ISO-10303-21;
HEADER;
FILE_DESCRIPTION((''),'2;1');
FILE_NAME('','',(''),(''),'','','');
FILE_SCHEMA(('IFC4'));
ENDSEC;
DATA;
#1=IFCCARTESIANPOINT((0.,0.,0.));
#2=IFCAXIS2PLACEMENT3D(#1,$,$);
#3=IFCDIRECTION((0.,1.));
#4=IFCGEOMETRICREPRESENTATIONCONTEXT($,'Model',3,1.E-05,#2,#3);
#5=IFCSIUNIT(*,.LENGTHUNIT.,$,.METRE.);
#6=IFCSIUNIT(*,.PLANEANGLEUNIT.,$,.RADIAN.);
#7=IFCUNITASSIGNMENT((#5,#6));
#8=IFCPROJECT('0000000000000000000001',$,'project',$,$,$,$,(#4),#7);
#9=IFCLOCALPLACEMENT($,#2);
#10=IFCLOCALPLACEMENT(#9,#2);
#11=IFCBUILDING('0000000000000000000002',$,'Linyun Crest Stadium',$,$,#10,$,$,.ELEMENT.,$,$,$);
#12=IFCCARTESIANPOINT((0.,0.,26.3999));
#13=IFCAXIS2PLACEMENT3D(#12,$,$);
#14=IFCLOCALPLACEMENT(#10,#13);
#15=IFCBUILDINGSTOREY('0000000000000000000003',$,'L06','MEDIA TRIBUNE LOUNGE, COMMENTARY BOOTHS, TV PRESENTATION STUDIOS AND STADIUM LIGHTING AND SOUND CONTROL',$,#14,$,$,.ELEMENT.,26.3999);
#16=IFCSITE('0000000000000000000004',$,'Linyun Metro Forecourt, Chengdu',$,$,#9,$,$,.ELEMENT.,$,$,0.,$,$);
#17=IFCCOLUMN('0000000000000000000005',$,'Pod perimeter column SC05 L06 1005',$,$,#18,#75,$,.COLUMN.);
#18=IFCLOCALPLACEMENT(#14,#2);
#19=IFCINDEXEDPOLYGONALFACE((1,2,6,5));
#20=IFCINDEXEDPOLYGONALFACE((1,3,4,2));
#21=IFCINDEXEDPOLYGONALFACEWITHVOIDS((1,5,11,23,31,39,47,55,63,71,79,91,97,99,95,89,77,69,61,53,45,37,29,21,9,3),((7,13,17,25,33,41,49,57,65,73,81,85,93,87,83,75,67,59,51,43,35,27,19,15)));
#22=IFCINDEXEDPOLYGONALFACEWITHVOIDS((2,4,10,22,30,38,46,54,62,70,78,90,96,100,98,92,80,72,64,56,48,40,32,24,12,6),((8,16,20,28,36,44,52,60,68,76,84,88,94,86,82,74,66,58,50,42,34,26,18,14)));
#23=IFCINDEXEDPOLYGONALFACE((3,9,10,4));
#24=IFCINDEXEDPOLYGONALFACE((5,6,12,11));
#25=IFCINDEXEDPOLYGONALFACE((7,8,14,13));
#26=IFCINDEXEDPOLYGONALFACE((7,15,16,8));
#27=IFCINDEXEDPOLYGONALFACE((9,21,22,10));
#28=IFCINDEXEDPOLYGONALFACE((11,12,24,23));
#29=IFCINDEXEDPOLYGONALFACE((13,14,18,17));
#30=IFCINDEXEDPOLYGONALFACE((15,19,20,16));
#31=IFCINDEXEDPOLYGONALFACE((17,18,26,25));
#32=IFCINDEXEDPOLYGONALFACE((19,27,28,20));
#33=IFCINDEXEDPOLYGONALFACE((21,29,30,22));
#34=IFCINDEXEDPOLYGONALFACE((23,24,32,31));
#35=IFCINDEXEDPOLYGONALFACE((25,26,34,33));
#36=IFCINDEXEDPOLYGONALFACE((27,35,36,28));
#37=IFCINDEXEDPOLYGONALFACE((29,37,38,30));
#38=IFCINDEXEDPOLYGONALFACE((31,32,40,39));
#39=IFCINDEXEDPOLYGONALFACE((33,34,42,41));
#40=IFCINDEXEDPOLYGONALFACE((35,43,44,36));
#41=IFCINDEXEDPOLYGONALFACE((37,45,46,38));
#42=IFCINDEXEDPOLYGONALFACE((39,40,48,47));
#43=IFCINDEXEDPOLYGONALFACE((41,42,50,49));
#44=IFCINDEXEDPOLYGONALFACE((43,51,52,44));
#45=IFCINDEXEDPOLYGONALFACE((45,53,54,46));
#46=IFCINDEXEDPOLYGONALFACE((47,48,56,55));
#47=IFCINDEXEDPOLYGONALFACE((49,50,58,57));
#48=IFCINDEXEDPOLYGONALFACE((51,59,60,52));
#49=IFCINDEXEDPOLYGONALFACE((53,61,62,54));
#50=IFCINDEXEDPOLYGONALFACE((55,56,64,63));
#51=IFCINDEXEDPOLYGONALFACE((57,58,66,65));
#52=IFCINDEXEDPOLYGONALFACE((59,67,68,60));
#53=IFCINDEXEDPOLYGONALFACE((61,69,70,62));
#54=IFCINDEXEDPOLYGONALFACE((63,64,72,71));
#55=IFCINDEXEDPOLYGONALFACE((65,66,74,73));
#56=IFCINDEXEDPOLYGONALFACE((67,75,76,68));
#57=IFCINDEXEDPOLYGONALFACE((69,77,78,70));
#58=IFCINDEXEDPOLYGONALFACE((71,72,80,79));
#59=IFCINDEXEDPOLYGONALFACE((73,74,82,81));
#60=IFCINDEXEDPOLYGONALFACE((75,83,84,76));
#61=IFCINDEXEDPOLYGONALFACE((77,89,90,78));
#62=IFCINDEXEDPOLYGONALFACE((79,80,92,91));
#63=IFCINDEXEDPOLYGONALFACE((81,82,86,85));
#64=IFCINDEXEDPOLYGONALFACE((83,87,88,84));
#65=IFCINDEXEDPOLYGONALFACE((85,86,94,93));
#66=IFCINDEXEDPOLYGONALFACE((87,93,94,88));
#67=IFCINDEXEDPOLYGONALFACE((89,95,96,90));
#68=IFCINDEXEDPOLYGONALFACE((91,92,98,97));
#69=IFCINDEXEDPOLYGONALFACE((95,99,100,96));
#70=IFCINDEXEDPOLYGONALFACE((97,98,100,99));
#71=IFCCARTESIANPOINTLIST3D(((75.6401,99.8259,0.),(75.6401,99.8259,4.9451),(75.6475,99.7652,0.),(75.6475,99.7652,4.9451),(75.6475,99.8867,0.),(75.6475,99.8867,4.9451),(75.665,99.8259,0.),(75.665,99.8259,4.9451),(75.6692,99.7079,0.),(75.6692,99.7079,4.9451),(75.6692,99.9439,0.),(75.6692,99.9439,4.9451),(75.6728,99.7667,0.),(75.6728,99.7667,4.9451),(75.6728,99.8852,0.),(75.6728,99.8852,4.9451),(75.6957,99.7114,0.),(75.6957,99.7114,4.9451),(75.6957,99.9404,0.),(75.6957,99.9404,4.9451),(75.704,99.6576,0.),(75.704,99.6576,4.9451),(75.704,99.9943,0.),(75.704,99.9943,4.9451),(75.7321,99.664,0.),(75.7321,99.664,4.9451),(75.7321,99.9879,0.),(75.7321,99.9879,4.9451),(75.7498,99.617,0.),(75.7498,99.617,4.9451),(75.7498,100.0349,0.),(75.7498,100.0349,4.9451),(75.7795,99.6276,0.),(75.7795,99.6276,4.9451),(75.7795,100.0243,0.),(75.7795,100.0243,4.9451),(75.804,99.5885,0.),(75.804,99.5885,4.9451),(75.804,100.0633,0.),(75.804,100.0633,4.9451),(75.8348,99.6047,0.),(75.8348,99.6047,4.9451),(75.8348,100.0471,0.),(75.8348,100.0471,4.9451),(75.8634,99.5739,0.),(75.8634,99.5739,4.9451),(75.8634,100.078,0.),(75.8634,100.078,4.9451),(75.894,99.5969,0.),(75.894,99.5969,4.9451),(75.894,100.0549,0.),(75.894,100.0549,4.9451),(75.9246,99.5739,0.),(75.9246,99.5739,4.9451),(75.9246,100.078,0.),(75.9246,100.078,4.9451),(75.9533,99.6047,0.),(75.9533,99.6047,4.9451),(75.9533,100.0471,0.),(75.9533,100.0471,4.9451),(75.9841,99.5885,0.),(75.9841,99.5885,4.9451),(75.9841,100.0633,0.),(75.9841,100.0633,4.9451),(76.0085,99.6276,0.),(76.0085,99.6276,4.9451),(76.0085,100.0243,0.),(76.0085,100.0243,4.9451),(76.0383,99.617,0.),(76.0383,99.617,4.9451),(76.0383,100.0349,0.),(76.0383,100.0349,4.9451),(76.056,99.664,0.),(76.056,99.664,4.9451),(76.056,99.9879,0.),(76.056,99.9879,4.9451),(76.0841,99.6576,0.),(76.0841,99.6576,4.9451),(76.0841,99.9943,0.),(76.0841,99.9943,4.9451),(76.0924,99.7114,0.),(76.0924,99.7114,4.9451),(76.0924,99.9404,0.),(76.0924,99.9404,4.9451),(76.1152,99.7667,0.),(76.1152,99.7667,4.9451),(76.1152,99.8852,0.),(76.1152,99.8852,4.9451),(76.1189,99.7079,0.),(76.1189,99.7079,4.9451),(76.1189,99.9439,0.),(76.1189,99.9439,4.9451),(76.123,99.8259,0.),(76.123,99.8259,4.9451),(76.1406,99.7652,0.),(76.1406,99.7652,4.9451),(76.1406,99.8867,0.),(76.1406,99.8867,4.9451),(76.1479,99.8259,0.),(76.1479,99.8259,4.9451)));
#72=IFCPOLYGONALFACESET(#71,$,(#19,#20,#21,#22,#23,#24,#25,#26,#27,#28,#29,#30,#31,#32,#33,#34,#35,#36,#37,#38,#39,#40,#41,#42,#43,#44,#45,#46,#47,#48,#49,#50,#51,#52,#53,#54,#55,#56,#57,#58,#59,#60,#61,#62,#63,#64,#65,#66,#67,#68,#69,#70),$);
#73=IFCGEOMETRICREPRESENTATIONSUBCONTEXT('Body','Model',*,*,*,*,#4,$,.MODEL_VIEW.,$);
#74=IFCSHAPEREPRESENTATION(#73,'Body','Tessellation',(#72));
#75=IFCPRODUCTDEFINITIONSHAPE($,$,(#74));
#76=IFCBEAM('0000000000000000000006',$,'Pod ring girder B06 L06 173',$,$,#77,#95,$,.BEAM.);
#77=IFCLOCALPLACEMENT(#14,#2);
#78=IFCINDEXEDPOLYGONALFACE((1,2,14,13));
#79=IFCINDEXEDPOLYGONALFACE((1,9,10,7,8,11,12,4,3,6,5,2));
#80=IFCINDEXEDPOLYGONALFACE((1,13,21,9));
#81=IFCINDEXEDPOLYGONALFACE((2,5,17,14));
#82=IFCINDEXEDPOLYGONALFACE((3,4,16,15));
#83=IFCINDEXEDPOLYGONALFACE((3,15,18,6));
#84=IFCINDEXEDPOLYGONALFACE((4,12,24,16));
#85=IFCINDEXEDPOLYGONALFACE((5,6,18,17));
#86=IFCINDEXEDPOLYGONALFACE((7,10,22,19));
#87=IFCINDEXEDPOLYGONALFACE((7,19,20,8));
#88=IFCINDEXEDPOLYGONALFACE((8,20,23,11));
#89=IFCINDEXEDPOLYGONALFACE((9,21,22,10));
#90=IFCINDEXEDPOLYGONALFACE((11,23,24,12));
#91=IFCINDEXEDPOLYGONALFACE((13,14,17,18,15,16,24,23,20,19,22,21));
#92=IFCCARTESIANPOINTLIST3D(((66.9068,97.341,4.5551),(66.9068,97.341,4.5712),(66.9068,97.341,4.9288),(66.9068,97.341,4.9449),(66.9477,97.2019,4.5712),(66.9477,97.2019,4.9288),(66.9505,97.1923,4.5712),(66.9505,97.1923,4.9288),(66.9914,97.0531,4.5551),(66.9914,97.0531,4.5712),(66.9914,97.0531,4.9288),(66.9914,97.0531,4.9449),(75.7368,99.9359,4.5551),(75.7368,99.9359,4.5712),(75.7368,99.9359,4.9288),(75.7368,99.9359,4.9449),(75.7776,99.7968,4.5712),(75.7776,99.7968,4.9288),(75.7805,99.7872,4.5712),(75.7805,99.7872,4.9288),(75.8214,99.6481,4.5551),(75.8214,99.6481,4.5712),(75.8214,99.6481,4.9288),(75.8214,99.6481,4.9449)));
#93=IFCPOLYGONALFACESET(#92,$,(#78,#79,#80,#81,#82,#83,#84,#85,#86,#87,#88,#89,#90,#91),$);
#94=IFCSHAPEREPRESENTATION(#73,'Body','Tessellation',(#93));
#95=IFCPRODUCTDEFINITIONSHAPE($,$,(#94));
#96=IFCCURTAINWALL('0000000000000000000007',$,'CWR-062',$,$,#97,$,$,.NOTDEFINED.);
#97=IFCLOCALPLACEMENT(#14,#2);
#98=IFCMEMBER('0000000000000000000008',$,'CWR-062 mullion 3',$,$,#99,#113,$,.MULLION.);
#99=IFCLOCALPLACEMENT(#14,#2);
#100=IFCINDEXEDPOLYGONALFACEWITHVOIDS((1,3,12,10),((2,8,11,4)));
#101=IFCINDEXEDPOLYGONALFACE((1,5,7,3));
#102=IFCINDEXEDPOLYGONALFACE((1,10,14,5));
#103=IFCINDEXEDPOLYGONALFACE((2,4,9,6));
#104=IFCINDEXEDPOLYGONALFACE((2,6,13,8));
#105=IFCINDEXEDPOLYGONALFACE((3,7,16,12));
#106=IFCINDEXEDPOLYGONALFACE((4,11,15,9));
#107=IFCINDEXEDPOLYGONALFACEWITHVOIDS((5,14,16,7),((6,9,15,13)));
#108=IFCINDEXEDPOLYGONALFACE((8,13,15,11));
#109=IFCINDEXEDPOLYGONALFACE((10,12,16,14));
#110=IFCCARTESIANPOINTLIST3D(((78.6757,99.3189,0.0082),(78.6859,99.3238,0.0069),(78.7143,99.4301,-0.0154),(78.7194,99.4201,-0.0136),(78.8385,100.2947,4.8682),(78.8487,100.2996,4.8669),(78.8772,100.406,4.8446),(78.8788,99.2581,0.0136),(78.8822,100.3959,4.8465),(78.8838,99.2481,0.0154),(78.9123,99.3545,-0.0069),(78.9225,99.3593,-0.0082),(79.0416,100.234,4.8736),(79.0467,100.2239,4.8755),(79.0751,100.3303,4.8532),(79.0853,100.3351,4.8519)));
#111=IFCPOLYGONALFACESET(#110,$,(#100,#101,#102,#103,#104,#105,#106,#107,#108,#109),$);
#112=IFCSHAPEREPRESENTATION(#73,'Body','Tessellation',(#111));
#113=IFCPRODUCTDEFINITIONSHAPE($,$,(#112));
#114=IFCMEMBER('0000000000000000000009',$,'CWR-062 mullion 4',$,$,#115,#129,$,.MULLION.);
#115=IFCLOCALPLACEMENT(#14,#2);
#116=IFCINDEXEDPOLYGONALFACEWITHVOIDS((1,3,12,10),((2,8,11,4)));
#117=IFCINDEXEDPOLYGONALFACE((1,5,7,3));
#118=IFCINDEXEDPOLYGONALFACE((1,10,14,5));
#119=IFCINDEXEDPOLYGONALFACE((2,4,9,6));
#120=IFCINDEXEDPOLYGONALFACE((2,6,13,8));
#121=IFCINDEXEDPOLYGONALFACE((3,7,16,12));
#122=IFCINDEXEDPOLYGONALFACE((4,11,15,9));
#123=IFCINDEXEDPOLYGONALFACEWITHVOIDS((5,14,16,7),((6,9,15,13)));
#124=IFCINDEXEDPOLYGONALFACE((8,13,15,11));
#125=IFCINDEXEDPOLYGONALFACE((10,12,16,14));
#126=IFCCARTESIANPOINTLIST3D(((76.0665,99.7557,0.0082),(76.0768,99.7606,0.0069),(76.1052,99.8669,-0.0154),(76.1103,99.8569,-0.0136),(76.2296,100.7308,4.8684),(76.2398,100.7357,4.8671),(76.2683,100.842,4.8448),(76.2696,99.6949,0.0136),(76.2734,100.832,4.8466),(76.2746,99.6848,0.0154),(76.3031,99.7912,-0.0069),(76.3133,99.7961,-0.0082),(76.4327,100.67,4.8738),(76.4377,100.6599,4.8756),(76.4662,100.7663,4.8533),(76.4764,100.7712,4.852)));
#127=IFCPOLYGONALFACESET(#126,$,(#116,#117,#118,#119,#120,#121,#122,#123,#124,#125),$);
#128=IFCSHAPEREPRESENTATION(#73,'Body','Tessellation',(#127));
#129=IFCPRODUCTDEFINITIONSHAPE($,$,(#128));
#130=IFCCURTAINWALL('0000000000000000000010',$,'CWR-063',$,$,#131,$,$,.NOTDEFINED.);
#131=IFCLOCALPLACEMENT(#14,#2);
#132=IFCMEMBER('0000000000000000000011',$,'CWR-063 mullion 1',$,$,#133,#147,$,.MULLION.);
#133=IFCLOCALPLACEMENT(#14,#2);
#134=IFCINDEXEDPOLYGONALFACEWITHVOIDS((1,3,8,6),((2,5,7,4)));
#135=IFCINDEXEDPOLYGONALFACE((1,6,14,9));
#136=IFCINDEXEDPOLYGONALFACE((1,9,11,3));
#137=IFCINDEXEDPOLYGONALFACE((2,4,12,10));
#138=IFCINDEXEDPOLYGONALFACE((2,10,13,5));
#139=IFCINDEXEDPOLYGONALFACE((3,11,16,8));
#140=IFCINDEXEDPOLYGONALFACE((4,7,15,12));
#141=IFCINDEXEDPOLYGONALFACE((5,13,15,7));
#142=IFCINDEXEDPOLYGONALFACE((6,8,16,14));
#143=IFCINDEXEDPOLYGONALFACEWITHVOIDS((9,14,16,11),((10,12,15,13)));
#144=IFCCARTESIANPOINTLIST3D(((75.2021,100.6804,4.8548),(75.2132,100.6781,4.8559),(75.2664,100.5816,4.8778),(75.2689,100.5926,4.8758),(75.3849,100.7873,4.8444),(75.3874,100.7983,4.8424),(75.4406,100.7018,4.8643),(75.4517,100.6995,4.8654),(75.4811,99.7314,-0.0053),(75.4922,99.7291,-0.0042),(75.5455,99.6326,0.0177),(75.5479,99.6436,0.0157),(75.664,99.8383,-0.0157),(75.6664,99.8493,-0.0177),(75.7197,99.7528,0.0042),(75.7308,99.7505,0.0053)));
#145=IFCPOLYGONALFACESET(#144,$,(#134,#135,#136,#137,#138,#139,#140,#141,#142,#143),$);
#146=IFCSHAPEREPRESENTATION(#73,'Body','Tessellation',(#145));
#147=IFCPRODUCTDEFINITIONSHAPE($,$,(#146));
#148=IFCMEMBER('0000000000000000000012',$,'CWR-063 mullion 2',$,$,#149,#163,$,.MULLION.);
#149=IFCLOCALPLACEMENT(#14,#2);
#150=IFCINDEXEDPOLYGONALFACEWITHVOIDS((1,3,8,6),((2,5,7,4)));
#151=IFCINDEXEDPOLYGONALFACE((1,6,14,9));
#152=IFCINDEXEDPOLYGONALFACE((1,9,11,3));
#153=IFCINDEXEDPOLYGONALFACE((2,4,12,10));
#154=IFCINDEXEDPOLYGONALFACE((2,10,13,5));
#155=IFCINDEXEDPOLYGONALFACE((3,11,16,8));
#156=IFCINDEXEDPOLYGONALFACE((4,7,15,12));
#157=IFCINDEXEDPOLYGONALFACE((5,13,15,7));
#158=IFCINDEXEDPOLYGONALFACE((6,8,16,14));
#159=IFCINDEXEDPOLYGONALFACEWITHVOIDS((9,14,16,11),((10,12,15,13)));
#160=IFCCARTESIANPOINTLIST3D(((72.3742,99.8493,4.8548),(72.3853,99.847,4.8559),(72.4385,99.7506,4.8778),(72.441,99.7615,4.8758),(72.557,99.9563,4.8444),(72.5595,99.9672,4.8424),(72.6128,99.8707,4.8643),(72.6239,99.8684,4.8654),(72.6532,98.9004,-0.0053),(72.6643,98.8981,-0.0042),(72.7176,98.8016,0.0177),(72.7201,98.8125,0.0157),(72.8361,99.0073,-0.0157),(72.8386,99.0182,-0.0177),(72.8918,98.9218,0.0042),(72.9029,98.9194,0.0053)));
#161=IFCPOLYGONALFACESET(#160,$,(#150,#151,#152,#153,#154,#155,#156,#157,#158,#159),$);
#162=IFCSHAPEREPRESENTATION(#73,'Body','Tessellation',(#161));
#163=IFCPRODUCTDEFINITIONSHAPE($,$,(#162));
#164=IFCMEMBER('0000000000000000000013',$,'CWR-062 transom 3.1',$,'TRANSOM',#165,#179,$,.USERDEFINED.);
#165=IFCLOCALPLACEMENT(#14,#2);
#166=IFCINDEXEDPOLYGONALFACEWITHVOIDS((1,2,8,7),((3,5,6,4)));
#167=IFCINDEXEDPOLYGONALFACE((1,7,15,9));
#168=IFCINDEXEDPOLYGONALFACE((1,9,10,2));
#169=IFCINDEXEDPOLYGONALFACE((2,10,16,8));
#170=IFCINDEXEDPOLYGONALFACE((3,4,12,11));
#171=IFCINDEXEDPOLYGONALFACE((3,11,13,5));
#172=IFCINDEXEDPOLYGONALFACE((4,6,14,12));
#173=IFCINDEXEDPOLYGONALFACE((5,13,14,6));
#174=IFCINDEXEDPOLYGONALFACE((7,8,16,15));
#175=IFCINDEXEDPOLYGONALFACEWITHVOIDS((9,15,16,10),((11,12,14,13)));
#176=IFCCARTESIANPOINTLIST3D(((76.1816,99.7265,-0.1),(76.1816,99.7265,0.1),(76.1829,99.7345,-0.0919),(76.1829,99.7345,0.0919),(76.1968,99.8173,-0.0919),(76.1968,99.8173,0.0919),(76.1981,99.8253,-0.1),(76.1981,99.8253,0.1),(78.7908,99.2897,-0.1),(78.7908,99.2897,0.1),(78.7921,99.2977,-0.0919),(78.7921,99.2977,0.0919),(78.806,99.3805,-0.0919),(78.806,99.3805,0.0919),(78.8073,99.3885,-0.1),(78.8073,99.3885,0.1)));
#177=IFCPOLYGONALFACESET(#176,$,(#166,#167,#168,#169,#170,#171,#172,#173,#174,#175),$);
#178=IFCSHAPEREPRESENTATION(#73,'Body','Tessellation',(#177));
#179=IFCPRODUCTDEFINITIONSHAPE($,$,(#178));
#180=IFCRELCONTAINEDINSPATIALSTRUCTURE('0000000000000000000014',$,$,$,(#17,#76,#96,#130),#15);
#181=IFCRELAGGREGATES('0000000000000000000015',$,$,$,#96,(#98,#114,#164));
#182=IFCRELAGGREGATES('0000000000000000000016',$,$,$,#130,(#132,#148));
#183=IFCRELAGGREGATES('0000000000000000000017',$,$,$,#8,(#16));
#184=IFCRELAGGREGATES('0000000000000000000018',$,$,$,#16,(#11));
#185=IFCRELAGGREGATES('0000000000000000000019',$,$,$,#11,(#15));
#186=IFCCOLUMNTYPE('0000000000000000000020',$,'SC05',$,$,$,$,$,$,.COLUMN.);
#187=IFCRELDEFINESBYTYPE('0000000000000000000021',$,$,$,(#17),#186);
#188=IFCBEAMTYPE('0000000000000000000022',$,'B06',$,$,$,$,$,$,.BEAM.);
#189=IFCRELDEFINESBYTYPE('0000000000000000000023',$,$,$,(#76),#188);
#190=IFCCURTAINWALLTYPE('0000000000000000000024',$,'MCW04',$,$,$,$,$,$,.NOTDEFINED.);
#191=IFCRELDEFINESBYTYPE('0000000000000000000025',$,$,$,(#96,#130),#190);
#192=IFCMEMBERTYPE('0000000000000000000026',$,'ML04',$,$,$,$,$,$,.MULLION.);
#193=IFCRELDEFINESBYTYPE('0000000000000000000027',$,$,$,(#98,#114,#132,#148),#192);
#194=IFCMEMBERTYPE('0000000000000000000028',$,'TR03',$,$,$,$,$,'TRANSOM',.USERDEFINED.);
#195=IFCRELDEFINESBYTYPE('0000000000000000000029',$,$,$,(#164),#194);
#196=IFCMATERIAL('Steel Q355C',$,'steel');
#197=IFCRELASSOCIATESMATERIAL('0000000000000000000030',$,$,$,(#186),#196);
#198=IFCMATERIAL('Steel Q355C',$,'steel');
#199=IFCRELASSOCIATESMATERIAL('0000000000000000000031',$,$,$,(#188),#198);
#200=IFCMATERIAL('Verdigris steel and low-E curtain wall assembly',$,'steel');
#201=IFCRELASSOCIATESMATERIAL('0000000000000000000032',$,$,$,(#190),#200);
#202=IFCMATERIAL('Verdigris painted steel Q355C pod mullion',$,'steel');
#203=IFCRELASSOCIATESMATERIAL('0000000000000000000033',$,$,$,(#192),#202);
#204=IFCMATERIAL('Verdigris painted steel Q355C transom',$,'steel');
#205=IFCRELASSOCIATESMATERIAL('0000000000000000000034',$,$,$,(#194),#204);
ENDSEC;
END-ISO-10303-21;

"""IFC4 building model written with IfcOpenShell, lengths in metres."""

from ifc_helpers import new_model, si_unit, direction, frame, origin, origin_2d, place, context, subcontext, project, spatial, hollow_rectangle, hollow_circle, i_section, extrude, material, material_profile, profile_set, type_object, element, aggregate, save


model = new_model("IFC4")

# Units and contexts
model_context = context("Model", 3, precision=1e-05, world=origin(), true_north=direction((0.0, 1.0)))
body_context = subcontext(model_context, "Body", "Model", "MODEL_VIEW")
ifc_project = project(units=[si_unit("LENGTHUNIT", "METRE"), si_unit("PLANEANGLEUNIT", "RADIAN")], contexts=[model_context])

# Site, building, storey
site_placement = place(None, origin())
site = spatial("IfcSite", under=ifc_project, at=site_placement, Name="Linyun Metro Forecourt, Chengdu", CompositionType="ELEMENT", RefElevation=0.0)
building_placement = place(site_placement, origin())
building = spatial("IfcBuilding", under=site, at=building_placement, Name="Linyun Crest Stadium", CompositionType="ELEMENT")
storey_placement = place(building_placement, frame((0.0, 0.0, 26.3999)))
storey = spatial("IfcBuildingStorey", under=building, at=storey_placement, Name="L06", Description="MEDIA TRIBUNE LOUNGE, COMMENTARY BOOTHS, TV PRESENTATION STUDIOS AND STADIUM LIGHTING AND SOUND CONTROL", CompositionType="ELEMENT", Elevation=26.3999)

# Column
ifc_material_1 = material(Name="Steel Q355C", Category="steel")
ifc_material_profile_1 = material_profile(ifc_material_1, hollow_circle(Radius=0.2539, WallThickness=0.0249, at=origin_2d()), Name="CHS 508x25")
ifc_profile_set_1 = profile_set([ifc_material_profile_1], Name="Steel Q355C")
column_type = type_object("IfcColumnType", Name="SC05", PredefinedType="COLUMN", material=ifc_profile_set_1)
column_placement = place(storey_placement, frame((75.894, 99.8259, 0.0), z_axis=(0.0, 0.0, 1.0), x_axis=(1.0, 0.0, 0.0)))
element("IfcColumn", 1, at=column_placement, inside=storey, type_object=column_type, Name="Pod perimeter column SC05 L06 1005", PredefinedType="COLUMN", context=body_context, shape_type="SweptSolid", body=[
    extrude(hollow_circle(Radius=0.2539, WallThickness=0.0249, at=origin_2d()), origin(), (0.0, 0.0, 1.0), 4.9451),
])

# Beam
ifc_material_2 = material(Name="Steel Q355C", Category="steel")
ifc_material_profile_2 = material_profile(ifc_material_2, i_section(OverallWidth=0.3, OverallDepth=0.3899, WebThickness=0.01, FlangeThickness=0.0161, at=origin_2d()), Name="HM 390x300")
ifc_profile_set_2 = profile_set([ifc_material_profile_2], Name="Steel Q355C")
beam_type = type_object("IfcBeamType", Name="B06", PredefinedType="BEAM", material=ifc_profile_set_2)
beam_placement = place(storey_placement, frame((75.7791, 99.792, 4.75), z_axis=(-0.959428, -0.281955, 0.0), x_axis=(0.281955, -0.959428, 0.0)))
element("IfcBeam", 2, at=beam_placement, inside=storey, type_object=beam_type, Name="Pod ring girder B06 L06 173", PredefinedType="BEAM", context=body_context, shape_type="SweptSolid", body=[
    extrude(i_section(OverallWidth=0.3, OverallDepth=0.3899, WebThickness=0.01, FlangeThickness=0.0161, at=origin_2d()), origin(), (0.0, 0.0, 1.0), 9.2034),
])

# Curtain walls, members
ifc_material_3 = material(Name="Verdigris steel and low-E curtain wall assembly", Category="steel")
curtain_wall_type = type_object("IfcCurtainWallType", Name="MCW04", PredefinedType="NOTDEFINED", material=ifc_material_3)
curtain_wall_1_placement = place(storey_placement, origin())
curtain_wall_1 = element("IfcCurtainWall", 3, at=curtain_wall_1_placement, inside=storey, type_object=curtain_wall_type, Name="CWR-062", PredefinedType="NOTDEFINED")
ifc_material_4 = material(Name="Verdigris painted steel Q355C pod mullion", Category="steel")
ifc_material_profile_3 = material_profile(ifc_material_4, hollow_rectangle(XDim=0.1201, YDim=0.22, WallThickness=0.0081, at=origin_2d()), Name="RHS 220x120x8")
ifc_profile_set_3 = profile_set([ifc_material_profile_3], Name="Verdigris painted steel Q355C pod mullion")
member_type_1 = type_object("IfcMemberType", Name="ML04", PredefinedType="MULLION", material=ifc_profile_set_3)
member_1_placement = place(storey_placement, frame((78.7991, 99.3391, 0.0), z_axis=(0.032832, 0.196749, 0.979904), x_axis=(0.321876, 0.926117, -0.196734)))
member_1 = element("IfcMember", 4, at=member_1_placement, type_object=member_type_1, Name="CWR-062 mullion 3", PredefinedType="MULLION", context=body_context, shape_type="SweptSolid", body=[
    extrude(hollow_rectangle(XDim=0.1201, YDim=0.22, WallThickness=0.0081, at=origin_2d()), origin(), (0.0, 0.0, 1.0), 4.9597),
])
member_2_placement = place(storey_placement, frame((76.1899, 99.7759, 0.0), z_axis=(0.032883, 0.196606, 0.979931), x_axis=(0.322219, 0.926025, -0.196603)))
member_2 = element("IfcMember", 5, at=member_2_placement, type_object=member_type_1, Name="CWR-062 mullion 4", PredefinedType="MULLION", context=body_context, shape_type="SweptSolid", body=[
    extrude(hollow_rectangle(XDim=0.1201, YDim=0.22, WallThickness=0.0081, at=origin_2d()), origin(), (0.0, 0.0, 1.0), 4.9597),
])
curtain_wall_2_placement = place(storey_placement, origin())
curtain_wall_2 = element("IfcCurtainWall", 6, at=curtain_wall_2_placement, inside=storey, type_object=curtain_wall_type, Name="CWR-063", PredefinedType="NOTDEFINED")
member_3_placement = place(storey_placement, frame((75.606, 99.741, 0.0), z_axis=(-0.056264, 0.191335, 0.979911), x_axis=(-0.535777, 0.822394, -0.191342)))
member_3 = element("IfcMember", 7, at=member_3_placement, type_object=member_type_1, Name="CWR-063 mullion 1", PredefinedType="MULLION", context=body_context, shape_type="SweptSolid", body=[
    extrude(hollow_rectangle(XDim=0.1201, YDim=0.22, WallThickness=0.0081, at=origin_2d()), origin(), (0.0, 0.0, 1.0), 4.9597),
])
member_4_placement = place(storey_placement, frame((72.7781, 98.9099, 0.0), z_axis=(-0.056264, 0.191335, 0.979911), x_axis=(-0.535777, 0.822394, -0.191342)))
member_4 = element("IfcMember", 8, at=member_4_placement, type_object=member_type_1, Name="CWR-063 mullion 2", PredefinedType="MULLION", context=body_context, shape_type="SweptSolid", body=[
    extrude(hollow_rectangle(XDim=0.1201, YDim=0.22, WallThickness=0.0081, at=origin_2d()), origin(), (0.0, 0.0, 1.0), 4.9597),
])

# Member
ifc_material_5 = material(Name="Verdigris painted steel Q355C transom", Category="steel")
ifc_material_profile_4 = material_profile(ifc_material_5, hollow_rectangle(XDim=0.1001, YDim=0.2, WallThickness=0.0081, at=origin_2d()), Name="RHS 200x100x8")
ifc_profile_set_4 = profile_set([ifc_material_profile_4], Name="Verdigris painted steel Q355C transom")
member_type_2 = type_object("IfcMemberType", Name="TR03", ElementType="TRANSOM", PredefinedType="USERDEFINED", material=ifc_profile_set_4)
member_5_placement = place(storey_placement, frame((78.7991, 99.3391, 0.0), z_axis=(-0.986276, 0.165102, 0.0), x_axis=(-0.165102, -0.986276, 0.0)))
member_5 = element("IfcMember", 9, at=member_5_placement, type_object=member_type_2, Name="CWR-062 transom 3.1", ObjectType="TRANSOM", PredefinedType="USERDEFINED", context=body_context, shape_type="SweptSolid", body=[
    extrude(hollow_rectangle(XDim=0.1001, YDim=0.2, WallThickness=0.0081, at=origin_2d()), origin(), (0.0, 0.0, 1.0), 2.6455),
])

aggregate(curtain_wall_1, [member_1, member_2, member_5])
aggregate(curtain_wall_2, [member_3, member_4])

save(model, "model.ifc")
